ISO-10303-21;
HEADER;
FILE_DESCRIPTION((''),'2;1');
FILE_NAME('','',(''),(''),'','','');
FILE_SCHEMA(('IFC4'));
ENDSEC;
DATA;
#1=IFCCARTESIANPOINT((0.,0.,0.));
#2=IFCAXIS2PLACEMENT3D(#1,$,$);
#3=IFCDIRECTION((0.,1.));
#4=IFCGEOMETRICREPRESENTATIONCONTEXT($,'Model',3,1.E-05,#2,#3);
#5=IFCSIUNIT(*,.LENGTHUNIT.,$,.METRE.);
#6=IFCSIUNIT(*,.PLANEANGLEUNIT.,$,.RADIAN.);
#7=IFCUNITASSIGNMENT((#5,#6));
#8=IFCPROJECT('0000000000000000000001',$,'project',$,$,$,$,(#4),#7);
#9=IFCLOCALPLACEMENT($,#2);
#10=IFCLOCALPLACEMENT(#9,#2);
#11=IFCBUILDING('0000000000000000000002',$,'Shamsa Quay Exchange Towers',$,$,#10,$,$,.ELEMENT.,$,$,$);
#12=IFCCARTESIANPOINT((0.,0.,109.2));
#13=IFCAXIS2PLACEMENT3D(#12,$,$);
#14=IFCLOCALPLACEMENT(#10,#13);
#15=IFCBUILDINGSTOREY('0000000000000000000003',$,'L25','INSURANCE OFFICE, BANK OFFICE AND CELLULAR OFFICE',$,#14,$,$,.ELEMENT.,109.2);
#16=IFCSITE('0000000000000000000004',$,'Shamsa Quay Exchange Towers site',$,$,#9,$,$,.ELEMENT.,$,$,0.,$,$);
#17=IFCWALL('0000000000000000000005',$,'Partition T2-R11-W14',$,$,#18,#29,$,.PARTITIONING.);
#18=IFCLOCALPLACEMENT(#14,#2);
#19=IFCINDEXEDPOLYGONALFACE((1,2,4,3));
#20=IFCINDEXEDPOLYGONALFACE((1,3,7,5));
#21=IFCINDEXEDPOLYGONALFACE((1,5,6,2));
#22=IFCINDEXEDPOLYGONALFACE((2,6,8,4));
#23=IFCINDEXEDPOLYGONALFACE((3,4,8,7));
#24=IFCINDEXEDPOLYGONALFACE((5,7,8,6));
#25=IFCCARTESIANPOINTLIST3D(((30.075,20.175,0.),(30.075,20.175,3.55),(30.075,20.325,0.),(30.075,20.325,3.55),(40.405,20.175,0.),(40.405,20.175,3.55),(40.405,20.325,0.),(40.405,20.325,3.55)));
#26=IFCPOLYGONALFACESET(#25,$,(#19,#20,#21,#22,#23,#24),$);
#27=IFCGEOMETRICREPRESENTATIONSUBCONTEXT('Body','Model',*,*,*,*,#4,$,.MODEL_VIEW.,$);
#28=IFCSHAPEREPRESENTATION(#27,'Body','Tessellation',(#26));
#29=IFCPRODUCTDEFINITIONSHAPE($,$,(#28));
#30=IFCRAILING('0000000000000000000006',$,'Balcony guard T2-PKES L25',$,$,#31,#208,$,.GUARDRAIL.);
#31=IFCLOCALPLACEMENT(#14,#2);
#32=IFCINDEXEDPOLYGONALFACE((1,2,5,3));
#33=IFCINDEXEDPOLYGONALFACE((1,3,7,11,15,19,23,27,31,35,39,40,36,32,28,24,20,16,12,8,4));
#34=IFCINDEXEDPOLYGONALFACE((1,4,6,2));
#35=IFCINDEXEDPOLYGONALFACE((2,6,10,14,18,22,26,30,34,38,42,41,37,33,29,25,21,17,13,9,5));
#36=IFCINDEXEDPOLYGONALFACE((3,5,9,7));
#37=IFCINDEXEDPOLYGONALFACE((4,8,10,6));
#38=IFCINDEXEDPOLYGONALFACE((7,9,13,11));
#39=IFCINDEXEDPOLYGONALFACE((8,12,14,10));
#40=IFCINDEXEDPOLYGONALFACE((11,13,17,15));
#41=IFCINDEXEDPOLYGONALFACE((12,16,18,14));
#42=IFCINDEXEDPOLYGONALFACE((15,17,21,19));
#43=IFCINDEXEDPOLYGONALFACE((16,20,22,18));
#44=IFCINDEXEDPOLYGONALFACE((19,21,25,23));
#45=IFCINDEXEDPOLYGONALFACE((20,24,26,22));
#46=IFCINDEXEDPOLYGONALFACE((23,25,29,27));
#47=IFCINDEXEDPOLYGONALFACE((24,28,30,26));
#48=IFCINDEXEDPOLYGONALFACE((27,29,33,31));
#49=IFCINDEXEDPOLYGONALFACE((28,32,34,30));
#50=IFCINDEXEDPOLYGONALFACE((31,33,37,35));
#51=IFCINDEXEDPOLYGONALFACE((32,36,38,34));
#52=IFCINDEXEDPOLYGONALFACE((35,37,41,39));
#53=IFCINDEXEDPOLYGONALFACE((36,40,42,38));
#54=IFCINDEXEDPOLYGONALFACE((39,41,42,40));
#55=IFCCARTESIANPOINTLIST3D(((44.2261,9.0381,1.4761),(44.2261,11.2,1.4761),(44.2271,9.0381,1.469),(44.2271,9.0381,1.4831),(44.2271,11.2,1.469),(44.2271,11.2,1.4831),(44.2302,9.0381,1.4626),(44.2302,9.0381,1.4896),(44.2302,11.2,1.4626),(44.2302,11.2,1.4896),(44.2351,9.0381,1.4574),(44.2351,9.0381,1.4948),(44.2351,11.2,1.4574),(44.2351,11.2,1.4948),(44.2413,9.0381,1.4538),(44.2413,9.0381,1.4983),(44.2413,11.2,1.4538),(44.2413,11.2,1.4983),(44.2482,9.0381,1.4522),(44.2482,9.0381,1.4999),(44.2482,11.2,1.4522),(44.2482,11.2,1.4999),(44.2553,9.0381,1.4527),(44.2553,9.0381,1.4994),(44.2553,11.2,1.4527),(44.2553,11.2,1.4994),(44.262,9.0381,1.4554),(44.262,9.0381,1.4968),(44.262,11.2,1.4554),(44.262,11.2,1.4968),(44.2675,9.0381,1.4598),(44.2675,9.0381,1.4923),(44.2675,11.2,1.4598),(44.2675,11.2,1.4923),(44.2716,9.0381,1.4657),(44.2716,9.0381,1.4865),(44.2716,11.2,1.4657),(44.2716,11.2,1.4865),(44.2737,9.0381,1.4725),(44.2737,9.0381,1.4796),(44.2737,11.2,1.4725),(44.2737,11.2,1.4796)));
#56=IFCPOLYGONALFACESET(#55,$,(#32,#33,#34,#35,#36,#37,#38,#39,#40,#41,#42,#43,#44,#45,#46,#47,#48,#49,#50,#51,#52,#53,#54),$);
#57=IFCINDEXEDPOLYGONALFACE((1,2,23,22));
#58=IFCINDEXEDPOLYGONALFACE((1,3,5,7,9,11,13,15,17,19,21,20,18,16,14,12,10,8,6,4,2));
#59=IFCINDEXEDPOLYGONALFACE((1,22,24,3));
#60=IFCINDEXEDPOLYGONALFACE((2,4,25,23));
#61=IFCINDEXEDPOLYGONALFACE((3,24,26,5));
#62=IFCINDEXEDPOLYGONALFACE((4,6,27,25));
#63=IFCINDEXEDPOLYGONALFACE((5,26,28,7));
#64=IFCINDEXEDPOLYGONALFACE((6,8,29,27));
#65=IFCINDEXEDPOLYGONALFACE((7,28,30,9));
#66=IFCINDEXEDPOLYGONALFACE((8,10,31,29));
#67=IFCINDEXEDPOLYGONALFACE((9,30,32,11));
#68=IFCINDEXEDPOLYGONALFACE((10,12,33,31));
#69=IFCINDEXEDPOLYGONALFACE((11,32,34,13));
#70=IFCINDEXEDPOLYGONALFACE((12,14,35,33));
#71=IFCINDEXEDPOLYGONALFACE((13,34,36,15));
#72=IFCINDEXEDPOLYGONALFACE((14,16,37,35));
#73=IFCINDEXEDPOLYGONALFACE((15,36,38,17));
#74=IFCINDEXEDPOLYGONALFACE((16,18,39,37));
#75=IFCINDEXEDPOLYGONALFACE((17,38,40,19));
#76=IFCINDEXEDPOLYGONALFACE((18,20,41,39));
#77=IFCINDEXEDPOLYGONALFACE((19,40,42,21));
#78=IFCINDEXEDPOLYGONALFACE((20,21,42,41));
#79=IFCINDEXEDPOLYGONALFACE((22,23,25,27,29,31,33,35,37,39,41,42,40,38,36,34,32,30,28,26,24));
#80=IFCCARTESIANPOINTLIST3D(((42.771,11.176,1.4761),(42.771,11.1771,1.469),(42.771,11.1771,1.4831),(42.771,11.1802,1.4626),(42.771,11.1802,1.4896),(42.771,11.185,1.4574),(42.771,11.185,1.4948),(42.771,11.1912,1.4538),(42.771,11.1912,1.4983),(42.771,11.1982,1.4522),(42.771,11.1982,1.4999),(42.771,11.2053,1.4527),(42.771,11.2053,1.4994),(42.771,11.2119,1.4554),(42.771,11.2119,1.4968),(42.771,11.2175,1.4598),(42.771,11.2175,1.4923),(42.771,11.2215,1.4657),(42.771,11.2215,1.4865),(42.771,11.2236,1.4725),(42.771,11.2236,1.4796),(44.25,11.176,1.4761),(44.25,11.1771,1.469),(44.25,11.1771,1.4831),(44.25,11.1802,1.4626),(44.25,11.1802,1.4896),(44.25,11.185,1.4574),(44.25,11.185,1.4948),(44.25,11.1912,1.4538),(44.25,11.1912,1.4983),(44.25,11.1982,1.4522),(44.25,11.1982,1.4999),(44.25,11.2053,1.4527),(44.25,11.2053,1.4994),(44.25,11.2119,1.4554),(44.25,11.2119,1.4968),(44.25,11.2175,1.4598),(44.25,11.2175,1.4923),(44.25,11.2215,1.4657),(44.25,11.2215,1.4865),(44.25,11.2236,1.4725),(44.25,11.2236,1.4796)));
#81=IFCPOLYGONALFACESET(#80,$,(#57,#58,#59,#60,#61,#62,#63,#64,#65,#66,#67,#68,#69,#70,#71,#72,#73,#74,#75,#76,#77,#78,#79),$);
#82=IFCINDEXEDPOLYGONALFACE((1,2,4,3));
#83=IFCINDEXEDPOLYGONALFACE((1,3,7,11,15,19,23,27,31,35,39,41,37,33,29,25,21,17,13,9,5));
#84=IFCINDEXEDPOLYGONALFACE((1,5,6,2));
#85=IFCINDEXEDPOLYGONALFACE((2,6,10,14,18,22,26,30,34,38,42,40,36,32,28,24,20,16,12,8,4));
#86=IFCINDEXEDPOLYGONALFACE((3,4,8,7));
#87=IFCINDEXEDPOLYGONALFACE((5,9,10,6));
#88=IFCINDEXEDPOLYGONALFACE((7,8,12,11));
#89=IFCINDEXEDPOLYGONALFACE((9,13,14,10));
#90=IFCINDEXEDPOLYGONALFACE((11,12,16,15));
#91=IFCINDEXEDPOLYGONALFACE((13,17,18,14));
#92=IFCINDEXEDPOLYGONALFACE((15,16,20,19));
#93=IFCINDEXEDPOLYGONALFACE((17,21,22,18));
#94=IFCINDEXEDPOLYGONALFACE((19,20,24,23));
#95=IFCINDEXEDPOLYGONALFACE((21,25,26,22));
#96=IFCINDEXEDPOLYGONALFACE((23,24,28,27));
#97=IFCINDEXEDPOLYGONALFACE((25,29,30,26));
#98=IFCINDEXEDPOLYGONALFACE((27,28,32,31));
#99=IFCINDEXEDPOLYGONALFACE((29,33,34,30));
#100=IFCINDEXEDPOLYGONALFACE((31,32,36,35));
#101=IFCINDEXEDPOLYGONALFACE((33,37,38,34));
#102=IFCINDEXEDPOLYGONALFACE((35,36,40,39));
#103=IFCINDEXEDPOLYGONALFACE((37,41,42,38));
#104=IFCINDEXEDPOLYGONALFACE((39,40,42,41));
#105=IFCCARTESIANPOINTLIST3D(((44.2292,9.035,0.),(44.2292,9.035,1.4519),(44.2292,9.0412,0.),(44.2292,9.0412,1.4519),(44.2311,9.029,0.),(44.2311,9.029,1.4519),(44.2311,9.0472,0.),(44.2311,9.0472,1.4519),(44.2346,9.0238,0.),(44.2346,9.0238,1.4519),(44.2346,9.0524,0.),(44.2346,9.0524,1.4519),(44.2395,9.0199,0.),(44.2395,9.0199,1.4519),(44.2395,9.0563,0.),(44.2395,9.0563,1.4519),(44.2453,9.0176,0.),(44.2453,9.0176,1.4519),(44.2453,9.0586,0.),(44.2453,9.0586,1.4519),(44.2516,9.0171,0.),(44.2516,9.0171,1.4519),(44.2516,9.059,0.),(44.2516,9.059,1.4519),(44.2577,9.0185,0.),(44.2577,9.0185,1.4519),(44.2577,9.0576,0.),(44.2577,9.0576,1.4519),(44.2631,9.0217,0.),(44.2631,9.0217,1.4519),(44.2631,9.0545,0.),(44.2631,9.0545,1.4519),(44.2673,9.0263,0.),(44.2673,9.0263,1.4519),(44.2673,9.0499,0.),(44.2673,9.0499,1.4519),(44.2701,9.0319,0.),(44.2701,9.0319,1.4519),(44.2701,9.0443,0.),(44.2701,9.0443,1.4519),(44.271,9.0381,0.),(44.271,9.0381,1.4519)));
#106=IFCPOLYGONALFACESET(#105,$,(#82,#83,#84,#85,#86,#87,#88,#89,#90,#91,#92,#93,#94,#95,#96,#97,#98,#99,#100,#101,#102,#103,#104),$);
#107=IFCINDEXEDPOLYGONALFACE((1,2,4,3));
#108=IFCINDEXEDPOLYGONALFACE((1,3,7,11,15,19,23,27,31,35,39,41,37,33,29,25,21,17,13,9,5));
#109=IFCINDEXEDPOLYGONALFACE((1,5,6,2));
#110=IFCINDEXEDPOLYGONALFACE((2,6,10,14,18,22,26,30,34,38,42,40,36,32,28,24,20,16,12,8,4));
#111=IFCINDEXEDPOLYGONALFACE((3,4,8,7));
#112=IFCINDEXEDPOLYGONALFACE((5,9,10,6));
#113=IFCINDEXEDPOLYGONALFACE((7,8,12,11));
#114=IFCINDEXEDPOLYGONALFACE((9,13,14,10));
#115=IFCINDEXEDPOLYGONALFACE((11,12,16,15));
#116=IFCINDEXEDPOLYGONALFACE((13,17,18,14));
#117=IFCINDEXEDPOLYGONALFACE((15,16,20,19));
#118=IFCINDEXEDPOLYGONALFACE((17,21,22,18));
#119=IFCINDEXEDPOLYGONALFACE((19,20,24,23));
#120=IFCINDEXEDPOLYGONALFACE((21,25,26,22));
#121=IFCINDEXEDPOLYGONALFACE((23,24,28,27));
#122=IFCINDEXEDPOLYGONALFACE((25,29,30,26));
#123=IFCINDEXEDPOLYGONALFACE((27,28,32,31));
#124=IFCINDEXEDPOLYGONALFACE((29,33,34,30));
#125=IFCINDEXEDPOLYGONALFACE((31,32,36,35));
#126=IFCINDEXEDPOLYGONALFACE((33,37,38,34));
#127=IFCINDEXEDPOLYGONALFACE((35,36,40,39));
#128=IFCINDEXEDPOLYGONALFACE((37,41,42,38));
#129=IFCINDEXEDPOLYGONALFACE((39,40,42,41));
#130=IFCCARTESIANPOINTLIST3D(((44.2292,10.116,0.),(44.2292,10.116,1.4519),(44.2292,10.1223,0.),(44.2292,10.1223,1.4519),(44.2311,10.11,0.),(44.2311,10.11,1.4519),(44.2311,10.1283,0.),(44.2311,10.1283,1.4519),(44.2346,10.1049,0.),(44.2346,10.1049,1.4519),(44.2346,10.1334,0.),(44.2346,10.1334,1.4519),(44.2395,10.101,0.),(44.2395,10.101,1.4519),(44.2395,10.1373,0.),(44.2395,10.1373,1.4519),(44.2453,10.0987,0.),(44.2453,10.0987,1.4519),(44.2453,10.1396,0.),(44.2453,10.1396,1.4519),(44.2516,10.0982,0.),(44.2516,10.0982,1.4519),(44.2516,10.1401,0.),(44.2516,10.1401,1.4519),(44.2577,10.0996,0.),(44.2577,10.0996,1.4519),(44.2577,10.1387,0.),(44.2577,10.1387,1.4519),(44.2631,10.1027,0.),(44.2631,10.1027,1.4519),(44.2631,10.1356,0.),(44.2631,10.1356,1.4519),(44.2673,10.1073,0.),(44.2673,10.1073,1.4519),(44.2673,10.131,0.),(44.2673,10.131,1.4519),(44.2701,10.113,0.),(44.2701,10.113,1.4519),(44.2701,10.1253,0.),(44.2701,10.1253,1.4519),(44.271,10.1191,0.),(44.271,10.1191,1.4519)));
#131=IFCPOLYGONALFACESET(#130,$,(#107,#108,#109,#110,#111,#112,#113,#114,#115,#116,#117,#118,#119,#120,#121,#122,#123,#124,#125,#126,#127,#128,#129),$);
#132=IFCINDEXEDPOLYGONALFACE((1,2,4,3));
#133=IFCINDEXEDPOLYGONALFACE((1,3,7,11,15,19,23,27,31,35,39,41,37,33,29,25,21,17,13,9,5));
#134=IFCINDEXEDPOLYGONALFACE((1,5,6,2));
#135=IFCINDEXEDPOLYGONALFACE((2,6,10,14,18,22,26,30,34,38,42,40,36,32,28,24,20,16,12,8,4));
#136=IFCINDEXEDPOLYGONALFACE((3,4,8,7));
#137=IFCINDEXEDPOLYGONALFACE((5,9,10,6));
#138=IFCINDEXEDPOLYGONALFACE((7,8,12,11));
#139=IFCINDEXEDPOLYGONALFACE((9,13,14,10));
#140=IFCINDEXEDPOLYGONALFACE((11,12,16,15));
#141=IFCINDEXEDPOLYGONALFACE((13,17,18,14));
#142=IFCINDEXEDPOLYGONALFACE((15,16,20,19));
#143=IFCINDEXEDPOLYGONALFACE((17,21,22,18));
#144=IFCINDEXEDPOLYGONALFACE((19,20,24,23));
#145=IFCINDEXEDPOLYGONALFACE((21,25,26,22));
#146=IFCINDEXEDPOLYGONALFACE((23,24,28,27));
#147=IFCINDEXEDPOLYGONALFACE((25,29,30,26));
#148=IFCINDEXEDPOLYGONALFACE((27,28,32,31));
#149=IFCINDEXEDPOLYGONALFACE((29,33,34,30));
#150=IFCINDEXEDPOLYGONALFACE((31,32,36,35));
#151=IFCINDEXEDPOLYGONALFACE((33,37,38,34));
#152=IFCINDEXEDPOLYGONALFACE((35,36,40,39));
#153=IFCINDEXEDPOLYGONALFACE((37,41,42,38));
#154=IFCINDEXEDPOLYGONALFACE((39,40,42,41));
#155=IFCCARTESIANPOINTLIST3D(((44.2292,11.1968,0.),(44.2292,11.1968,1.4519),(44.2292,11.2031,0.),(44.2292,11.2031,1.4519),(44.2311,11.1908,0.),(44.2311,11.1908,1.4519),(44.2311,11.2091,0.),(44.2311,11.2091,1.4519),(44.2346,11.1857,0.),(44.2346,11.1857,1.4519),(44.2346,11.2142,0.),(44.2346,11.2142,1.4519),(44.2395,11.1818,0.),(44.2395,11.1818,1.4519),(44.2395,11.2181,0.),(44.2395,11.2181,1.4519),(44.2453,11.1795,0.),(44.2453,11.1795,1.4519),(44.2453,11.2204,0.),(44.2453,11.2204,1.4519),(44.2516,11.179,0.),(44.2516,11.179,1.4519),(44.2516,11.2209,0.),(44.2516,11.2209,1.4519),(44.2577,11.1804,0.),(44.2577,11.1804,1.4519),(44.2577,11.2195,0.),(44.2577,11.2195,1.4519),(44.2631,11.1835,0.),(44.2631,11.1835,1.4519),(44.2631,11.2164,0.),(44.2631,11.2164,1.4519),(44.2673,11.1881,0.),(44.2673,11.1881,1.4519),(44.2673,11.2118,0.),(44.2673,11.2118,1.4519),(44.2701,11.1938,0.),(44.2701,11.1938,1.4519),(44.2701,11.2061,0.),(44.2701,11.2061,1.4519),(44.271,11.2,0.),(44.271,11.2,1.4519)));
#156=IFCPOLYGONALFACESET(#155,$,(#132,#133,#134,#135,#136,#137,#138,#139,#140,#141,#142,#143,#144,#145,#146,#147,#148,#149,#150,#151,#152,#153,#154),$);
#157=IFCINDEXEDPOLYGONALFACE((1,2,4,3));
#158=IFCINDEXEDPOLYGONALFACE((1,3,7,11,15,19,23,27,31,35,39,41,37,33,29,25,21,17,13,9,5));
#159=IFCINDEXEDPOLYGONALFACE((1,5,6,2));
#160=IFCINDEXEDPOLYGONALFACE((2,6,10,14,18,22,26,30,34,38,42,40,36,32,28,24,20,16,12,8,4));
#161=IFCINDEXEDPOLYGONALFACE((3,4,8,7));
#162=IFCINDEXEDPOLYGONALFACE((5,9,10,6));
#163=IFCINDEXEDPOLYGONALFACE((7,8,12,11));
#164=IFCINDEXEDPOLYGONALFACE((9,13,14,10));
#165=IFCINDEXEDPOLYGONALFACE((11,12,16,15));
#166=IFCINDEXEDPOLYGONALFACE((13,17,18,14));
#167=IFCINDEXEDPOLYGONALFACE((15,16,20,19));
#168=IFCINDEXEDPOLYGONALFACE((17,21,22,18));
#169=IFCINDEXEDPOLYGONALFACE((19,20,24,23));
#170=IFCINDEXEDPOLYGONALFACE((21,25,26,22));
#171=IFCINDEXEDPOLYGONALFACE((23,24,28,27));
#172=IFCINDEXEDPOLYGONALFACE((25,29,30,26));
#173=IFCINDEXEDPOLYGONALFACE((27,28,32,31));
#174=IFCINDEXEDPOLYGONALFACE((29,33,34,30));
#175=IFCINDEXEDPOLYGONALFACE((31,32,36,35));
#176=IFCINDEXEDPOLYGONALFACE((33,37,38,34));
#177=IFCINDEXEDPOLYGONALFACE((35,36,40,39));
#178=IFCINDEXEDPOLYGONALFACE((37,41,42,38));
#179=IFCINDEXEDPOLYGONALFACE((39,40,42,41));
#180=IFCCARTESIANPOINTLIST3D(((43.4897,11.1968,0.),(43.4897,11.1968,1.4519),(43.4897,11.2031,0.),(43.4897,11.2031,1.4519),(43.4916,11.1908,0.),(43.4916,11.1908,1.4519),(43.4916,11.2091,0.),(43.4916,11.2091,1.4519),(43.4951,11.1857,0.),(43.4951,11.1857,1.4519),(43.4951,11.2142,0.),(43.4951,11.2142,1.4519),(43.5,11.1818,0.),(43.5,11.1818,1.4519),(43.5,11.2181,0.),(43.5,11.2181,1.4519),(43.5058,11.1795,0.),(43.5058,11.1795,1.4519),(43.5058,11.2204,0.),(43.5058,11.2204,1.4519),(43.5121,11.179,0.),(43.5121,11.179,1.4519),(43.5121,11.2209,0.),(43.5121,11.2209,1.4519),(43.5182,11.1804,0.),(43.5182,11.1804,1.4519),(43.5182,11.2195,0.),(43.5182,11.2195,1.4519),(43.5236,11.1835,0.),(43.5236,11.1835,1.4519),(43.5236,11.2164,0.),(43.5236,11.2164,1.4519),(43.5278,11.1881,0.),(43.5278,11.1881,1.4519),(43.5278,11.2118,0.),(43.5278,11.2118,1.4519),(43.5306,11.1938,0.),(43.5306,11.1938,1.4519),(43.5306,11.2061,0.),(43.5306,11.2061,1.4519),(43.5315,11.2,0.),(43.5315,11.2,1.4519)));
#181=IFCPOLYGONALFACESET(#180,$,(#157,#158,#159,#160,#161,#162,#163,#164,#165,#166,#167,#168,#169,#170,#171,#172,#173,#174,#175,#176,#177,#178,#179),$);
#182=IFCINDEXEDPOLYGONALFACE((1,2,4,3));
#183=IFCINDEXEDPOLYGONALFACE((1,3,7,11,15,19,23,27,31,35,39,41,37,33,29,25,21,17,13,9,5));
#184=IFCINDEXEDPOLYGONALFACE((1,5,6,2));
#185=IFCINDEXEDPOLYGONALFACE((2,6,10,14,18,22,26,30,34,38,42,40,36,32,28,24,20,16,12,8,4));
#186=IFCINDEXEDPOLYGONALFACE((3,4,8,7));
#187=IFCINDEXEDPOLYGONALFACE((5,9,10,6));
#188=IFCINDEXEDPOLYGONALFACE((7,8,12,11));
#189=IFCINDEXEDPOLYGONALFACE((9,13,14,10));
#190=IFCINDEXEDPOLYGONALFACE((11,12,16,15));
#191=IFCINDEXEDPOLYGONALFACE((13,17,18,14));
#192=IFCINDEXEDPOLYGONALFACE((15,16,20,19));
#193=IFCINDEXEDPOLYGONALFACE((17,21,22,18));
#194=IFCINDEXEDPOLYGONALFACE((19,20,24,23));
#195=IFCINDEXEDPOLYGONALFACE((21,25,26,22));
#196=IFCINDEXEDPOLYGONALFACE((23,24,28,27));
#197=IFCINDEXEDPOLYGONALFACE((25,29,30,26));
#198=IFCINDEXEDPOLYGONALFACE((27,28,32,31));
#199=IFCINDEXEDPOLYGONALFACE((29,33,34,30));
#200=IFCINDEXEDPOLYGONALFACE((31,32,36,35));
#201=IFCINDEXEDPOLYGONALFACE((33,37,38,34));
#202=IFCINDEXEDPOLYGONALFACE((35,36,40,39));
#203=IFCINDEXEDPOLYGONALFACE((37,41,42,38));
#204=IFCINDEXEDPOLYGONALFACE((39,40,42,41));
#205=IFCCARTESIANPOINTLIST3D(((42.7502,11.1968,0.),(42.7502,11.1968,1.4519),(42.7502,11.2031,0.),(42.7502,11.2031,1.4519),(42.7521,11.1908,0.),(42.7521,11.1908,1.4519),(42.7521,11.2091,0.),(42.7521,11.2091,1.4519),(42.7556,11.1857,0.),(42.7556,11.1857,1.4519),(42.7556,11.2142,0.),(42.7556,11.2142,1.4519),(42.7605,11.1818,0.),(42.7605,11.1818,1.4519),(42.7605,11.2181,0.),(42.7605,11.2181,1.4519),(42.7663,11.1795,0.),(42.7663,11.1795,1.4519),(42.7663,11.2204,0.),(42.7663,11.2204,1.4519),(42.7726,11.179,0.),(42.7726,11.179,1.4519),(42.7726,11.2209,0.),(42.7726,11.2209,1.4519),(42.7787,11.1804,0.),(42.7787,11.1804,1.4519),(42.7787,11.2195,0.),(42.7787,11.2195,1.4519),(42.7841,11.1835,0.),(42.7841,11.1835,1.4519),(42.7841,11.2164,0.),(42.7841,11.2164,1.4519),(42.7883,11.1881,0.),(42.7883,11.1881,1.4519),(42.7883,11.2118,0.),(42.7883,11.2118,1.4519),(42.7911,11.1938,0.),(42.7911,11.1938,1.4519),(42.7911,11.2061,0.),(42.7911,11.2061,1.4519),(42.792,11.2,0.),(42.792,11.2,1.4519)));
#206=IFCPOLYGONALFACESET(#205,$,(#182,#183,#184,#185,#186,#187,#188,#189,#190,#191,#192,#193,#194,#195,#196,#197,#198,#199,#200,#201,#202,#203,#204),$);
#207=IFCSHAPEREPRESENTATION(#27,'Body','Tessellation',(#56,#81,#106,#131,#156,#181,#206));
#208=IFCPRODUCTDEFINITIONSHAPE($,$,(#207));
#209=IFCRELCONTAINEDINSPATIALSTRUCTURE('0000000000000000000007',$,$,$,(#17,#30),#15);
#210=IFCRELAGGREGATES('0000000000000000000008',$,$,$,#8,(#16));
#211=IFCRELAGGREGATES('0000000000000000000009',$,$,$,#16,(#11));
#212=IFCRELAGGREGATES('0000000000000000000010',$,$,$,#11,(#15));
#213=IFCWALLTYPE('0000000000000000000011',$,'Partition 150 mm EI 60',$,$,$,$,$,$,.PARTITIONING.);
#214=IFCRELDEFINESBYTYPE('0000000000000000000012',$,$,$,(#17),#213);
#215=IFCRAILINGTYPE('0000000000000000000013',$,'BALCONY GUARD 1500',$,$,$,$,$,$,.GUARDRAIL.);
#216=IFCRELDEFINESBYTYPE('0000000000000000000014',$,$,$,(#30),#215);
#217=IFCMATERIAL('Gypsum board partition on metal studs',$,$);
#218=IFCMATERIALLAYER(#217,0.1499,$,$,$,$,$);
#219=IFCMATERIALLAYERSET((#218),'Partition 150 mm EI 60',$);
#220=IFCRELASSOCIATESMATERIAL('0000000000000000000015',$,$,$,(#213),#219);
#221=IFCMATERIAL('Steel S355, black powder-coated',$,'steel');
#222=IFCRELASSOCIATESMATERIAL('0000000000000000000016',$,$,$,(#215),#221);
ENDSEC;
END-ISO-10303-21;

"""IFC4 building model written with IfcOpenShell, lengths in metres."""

from ifc_helpers import new_model, si_unit, direction, frame, frame_2d, origin, origin_2d, place, context, subcontext, project, spatial, rectangle, circle, extrude, material, layer, layer_set, type_object, element, save


model = new_model("IFC4")

# Units and contexts
model_context = context("Model", 3, precision=1e-05, world=origin(), true_north=direction((0.0, 1.0)))
body_context = subcontext(model_context, "Body", "Model", "MODEL_VIEW")
ifc_project = project(units=[si_unit("LENGTHUNIT", "METRE"), si_unit("PLANEANGLEUNIT", "RADIAN")], contexts=[model_context])

# Site, building, storey
site_placement = place(None, origin())
site = spatial("IfcSite", under=ifc_project, at=site_placement, Name="Shamsa Quay Exchange Towers site", CompositionType="ELEMENT", RefElevation=0.0)
building_placement = place(site_placement, origin())
building = spatial("IfcBuilding", under=site, at=building_placement, Name="Shamsa Quay Exchange Towers", CompositionType="ELEMENT")
storey_placement = place(building_placement, frame((0.0, 0.0, 109.2)))
storey = spatial("IfcBuildingStorey", under=building, at=storey_placement, Name="L25", Description="INSURANCE OFFICE, BANK OFFICE AND CELLULAR OFFICE", CompositionType="ELEMENT", Elevation=109.2)

# Wall
ifc_material_1 = material(Name="Gypsum board partition on metal studs")
ifc_layer_1 = layer(ifc_material_1, 0.1499)
ifc_layer_set_1 = layer_set([ifc_layer_1], Name="Partition 150 mm EI 60")
wall_type_1 = type_object("IfcWallType", Name="Partition 150 mm EI 60", PredefinedType="PARTITIONING", material=ifc_layer_set_1)
for number, where, z_axis, x_axis, name in (
    (1, (40.405, 20.25, 0.0), (0.0, 0.0, 1.0), (-1.0, 0.0, 0.0), "Partition T2-R11-W14"),
):
    element("IfcWall", number, at=place(storey_placement, frame(where, z_axis=z_axis, x_axis=x_axis)), inside=storey, type_object=wall_type_1, Name=name, PredefinedType="PARTITIONING", context=body_context, shape_type="SweptSolid", body=[
        extrude(rectangle(XDim=10.3301, YDim=0.1499, at=frame_2d((5.165, 0.0))), origin(), (0.0, 0.0, 1.0), 3.55),
    ])

# Railing
ifc_material_2 = material(Name="Steel S355, black powder-coated", Category="steel")
railing_type = type_object("IfcRailingType", Name="BALCONY GUARD 1500", PredefinedType="GUARDRAIL", material=ifc_material_2)
railing_placement = place(storey_placement, frame((44.25, 9.0381, 0.0)))
element("IfcRailing", 2, at=railing_placement, inside=storey, type_object=railing_type, Name="Balcony guard T2-PKES L25", PredefinedType="GUARDRAIL", context=body_context, shape_type="SweptSolid", body=[
    extrude(circle(Radius=0.0239, at=origin_2d()), frame((0.0, 0.0, 1.4761), z_axis=(0.0, 1.0, 0.0), x_axis=(-1.0, 0.0, 0.0)), (0.0, 0.0, 1.0), 2.1619),
    extrude(circle(Radius=0.0239, at=origin_2d()), frame((0.0, 2.1619, 1.4761), z_axis=(-1.0, 0.0, 0.0), x_axis=(0.0, -1.0, 0.0)), (0.0, 0.0, 1.0), 1.479),
    extrude(circle(Radius=0.021, at=origin_2d()), origin(), (0.0, 0.0, 1.0), 1.4519),
    extrude(circle(Radius=0.021, at=origin_2d()), frame((0.0, 1.0811, 0.0)), (0.0, 0.0, 1.0), 1.4519),
    extrude(circle(Radius=0.021, at=origin_2d()), frame((0.0, 2.1619, 0.0)), (0.0, 0.0, 1.0), 1.4519),
    extrude(circle(Radius=0.021, at=origin_2d()), frame((-0.7395, 2.1619, 0.0)), (0.0, 0.0, 1.0), 1.4519),
    extrude(circle(Radius=0.021, at=origin_2d()), frame((-1.479, 2.1619, 0.0)), (0.0, 0.0, 1.0), 1.4519),
])

save(model, "model.ifc")
